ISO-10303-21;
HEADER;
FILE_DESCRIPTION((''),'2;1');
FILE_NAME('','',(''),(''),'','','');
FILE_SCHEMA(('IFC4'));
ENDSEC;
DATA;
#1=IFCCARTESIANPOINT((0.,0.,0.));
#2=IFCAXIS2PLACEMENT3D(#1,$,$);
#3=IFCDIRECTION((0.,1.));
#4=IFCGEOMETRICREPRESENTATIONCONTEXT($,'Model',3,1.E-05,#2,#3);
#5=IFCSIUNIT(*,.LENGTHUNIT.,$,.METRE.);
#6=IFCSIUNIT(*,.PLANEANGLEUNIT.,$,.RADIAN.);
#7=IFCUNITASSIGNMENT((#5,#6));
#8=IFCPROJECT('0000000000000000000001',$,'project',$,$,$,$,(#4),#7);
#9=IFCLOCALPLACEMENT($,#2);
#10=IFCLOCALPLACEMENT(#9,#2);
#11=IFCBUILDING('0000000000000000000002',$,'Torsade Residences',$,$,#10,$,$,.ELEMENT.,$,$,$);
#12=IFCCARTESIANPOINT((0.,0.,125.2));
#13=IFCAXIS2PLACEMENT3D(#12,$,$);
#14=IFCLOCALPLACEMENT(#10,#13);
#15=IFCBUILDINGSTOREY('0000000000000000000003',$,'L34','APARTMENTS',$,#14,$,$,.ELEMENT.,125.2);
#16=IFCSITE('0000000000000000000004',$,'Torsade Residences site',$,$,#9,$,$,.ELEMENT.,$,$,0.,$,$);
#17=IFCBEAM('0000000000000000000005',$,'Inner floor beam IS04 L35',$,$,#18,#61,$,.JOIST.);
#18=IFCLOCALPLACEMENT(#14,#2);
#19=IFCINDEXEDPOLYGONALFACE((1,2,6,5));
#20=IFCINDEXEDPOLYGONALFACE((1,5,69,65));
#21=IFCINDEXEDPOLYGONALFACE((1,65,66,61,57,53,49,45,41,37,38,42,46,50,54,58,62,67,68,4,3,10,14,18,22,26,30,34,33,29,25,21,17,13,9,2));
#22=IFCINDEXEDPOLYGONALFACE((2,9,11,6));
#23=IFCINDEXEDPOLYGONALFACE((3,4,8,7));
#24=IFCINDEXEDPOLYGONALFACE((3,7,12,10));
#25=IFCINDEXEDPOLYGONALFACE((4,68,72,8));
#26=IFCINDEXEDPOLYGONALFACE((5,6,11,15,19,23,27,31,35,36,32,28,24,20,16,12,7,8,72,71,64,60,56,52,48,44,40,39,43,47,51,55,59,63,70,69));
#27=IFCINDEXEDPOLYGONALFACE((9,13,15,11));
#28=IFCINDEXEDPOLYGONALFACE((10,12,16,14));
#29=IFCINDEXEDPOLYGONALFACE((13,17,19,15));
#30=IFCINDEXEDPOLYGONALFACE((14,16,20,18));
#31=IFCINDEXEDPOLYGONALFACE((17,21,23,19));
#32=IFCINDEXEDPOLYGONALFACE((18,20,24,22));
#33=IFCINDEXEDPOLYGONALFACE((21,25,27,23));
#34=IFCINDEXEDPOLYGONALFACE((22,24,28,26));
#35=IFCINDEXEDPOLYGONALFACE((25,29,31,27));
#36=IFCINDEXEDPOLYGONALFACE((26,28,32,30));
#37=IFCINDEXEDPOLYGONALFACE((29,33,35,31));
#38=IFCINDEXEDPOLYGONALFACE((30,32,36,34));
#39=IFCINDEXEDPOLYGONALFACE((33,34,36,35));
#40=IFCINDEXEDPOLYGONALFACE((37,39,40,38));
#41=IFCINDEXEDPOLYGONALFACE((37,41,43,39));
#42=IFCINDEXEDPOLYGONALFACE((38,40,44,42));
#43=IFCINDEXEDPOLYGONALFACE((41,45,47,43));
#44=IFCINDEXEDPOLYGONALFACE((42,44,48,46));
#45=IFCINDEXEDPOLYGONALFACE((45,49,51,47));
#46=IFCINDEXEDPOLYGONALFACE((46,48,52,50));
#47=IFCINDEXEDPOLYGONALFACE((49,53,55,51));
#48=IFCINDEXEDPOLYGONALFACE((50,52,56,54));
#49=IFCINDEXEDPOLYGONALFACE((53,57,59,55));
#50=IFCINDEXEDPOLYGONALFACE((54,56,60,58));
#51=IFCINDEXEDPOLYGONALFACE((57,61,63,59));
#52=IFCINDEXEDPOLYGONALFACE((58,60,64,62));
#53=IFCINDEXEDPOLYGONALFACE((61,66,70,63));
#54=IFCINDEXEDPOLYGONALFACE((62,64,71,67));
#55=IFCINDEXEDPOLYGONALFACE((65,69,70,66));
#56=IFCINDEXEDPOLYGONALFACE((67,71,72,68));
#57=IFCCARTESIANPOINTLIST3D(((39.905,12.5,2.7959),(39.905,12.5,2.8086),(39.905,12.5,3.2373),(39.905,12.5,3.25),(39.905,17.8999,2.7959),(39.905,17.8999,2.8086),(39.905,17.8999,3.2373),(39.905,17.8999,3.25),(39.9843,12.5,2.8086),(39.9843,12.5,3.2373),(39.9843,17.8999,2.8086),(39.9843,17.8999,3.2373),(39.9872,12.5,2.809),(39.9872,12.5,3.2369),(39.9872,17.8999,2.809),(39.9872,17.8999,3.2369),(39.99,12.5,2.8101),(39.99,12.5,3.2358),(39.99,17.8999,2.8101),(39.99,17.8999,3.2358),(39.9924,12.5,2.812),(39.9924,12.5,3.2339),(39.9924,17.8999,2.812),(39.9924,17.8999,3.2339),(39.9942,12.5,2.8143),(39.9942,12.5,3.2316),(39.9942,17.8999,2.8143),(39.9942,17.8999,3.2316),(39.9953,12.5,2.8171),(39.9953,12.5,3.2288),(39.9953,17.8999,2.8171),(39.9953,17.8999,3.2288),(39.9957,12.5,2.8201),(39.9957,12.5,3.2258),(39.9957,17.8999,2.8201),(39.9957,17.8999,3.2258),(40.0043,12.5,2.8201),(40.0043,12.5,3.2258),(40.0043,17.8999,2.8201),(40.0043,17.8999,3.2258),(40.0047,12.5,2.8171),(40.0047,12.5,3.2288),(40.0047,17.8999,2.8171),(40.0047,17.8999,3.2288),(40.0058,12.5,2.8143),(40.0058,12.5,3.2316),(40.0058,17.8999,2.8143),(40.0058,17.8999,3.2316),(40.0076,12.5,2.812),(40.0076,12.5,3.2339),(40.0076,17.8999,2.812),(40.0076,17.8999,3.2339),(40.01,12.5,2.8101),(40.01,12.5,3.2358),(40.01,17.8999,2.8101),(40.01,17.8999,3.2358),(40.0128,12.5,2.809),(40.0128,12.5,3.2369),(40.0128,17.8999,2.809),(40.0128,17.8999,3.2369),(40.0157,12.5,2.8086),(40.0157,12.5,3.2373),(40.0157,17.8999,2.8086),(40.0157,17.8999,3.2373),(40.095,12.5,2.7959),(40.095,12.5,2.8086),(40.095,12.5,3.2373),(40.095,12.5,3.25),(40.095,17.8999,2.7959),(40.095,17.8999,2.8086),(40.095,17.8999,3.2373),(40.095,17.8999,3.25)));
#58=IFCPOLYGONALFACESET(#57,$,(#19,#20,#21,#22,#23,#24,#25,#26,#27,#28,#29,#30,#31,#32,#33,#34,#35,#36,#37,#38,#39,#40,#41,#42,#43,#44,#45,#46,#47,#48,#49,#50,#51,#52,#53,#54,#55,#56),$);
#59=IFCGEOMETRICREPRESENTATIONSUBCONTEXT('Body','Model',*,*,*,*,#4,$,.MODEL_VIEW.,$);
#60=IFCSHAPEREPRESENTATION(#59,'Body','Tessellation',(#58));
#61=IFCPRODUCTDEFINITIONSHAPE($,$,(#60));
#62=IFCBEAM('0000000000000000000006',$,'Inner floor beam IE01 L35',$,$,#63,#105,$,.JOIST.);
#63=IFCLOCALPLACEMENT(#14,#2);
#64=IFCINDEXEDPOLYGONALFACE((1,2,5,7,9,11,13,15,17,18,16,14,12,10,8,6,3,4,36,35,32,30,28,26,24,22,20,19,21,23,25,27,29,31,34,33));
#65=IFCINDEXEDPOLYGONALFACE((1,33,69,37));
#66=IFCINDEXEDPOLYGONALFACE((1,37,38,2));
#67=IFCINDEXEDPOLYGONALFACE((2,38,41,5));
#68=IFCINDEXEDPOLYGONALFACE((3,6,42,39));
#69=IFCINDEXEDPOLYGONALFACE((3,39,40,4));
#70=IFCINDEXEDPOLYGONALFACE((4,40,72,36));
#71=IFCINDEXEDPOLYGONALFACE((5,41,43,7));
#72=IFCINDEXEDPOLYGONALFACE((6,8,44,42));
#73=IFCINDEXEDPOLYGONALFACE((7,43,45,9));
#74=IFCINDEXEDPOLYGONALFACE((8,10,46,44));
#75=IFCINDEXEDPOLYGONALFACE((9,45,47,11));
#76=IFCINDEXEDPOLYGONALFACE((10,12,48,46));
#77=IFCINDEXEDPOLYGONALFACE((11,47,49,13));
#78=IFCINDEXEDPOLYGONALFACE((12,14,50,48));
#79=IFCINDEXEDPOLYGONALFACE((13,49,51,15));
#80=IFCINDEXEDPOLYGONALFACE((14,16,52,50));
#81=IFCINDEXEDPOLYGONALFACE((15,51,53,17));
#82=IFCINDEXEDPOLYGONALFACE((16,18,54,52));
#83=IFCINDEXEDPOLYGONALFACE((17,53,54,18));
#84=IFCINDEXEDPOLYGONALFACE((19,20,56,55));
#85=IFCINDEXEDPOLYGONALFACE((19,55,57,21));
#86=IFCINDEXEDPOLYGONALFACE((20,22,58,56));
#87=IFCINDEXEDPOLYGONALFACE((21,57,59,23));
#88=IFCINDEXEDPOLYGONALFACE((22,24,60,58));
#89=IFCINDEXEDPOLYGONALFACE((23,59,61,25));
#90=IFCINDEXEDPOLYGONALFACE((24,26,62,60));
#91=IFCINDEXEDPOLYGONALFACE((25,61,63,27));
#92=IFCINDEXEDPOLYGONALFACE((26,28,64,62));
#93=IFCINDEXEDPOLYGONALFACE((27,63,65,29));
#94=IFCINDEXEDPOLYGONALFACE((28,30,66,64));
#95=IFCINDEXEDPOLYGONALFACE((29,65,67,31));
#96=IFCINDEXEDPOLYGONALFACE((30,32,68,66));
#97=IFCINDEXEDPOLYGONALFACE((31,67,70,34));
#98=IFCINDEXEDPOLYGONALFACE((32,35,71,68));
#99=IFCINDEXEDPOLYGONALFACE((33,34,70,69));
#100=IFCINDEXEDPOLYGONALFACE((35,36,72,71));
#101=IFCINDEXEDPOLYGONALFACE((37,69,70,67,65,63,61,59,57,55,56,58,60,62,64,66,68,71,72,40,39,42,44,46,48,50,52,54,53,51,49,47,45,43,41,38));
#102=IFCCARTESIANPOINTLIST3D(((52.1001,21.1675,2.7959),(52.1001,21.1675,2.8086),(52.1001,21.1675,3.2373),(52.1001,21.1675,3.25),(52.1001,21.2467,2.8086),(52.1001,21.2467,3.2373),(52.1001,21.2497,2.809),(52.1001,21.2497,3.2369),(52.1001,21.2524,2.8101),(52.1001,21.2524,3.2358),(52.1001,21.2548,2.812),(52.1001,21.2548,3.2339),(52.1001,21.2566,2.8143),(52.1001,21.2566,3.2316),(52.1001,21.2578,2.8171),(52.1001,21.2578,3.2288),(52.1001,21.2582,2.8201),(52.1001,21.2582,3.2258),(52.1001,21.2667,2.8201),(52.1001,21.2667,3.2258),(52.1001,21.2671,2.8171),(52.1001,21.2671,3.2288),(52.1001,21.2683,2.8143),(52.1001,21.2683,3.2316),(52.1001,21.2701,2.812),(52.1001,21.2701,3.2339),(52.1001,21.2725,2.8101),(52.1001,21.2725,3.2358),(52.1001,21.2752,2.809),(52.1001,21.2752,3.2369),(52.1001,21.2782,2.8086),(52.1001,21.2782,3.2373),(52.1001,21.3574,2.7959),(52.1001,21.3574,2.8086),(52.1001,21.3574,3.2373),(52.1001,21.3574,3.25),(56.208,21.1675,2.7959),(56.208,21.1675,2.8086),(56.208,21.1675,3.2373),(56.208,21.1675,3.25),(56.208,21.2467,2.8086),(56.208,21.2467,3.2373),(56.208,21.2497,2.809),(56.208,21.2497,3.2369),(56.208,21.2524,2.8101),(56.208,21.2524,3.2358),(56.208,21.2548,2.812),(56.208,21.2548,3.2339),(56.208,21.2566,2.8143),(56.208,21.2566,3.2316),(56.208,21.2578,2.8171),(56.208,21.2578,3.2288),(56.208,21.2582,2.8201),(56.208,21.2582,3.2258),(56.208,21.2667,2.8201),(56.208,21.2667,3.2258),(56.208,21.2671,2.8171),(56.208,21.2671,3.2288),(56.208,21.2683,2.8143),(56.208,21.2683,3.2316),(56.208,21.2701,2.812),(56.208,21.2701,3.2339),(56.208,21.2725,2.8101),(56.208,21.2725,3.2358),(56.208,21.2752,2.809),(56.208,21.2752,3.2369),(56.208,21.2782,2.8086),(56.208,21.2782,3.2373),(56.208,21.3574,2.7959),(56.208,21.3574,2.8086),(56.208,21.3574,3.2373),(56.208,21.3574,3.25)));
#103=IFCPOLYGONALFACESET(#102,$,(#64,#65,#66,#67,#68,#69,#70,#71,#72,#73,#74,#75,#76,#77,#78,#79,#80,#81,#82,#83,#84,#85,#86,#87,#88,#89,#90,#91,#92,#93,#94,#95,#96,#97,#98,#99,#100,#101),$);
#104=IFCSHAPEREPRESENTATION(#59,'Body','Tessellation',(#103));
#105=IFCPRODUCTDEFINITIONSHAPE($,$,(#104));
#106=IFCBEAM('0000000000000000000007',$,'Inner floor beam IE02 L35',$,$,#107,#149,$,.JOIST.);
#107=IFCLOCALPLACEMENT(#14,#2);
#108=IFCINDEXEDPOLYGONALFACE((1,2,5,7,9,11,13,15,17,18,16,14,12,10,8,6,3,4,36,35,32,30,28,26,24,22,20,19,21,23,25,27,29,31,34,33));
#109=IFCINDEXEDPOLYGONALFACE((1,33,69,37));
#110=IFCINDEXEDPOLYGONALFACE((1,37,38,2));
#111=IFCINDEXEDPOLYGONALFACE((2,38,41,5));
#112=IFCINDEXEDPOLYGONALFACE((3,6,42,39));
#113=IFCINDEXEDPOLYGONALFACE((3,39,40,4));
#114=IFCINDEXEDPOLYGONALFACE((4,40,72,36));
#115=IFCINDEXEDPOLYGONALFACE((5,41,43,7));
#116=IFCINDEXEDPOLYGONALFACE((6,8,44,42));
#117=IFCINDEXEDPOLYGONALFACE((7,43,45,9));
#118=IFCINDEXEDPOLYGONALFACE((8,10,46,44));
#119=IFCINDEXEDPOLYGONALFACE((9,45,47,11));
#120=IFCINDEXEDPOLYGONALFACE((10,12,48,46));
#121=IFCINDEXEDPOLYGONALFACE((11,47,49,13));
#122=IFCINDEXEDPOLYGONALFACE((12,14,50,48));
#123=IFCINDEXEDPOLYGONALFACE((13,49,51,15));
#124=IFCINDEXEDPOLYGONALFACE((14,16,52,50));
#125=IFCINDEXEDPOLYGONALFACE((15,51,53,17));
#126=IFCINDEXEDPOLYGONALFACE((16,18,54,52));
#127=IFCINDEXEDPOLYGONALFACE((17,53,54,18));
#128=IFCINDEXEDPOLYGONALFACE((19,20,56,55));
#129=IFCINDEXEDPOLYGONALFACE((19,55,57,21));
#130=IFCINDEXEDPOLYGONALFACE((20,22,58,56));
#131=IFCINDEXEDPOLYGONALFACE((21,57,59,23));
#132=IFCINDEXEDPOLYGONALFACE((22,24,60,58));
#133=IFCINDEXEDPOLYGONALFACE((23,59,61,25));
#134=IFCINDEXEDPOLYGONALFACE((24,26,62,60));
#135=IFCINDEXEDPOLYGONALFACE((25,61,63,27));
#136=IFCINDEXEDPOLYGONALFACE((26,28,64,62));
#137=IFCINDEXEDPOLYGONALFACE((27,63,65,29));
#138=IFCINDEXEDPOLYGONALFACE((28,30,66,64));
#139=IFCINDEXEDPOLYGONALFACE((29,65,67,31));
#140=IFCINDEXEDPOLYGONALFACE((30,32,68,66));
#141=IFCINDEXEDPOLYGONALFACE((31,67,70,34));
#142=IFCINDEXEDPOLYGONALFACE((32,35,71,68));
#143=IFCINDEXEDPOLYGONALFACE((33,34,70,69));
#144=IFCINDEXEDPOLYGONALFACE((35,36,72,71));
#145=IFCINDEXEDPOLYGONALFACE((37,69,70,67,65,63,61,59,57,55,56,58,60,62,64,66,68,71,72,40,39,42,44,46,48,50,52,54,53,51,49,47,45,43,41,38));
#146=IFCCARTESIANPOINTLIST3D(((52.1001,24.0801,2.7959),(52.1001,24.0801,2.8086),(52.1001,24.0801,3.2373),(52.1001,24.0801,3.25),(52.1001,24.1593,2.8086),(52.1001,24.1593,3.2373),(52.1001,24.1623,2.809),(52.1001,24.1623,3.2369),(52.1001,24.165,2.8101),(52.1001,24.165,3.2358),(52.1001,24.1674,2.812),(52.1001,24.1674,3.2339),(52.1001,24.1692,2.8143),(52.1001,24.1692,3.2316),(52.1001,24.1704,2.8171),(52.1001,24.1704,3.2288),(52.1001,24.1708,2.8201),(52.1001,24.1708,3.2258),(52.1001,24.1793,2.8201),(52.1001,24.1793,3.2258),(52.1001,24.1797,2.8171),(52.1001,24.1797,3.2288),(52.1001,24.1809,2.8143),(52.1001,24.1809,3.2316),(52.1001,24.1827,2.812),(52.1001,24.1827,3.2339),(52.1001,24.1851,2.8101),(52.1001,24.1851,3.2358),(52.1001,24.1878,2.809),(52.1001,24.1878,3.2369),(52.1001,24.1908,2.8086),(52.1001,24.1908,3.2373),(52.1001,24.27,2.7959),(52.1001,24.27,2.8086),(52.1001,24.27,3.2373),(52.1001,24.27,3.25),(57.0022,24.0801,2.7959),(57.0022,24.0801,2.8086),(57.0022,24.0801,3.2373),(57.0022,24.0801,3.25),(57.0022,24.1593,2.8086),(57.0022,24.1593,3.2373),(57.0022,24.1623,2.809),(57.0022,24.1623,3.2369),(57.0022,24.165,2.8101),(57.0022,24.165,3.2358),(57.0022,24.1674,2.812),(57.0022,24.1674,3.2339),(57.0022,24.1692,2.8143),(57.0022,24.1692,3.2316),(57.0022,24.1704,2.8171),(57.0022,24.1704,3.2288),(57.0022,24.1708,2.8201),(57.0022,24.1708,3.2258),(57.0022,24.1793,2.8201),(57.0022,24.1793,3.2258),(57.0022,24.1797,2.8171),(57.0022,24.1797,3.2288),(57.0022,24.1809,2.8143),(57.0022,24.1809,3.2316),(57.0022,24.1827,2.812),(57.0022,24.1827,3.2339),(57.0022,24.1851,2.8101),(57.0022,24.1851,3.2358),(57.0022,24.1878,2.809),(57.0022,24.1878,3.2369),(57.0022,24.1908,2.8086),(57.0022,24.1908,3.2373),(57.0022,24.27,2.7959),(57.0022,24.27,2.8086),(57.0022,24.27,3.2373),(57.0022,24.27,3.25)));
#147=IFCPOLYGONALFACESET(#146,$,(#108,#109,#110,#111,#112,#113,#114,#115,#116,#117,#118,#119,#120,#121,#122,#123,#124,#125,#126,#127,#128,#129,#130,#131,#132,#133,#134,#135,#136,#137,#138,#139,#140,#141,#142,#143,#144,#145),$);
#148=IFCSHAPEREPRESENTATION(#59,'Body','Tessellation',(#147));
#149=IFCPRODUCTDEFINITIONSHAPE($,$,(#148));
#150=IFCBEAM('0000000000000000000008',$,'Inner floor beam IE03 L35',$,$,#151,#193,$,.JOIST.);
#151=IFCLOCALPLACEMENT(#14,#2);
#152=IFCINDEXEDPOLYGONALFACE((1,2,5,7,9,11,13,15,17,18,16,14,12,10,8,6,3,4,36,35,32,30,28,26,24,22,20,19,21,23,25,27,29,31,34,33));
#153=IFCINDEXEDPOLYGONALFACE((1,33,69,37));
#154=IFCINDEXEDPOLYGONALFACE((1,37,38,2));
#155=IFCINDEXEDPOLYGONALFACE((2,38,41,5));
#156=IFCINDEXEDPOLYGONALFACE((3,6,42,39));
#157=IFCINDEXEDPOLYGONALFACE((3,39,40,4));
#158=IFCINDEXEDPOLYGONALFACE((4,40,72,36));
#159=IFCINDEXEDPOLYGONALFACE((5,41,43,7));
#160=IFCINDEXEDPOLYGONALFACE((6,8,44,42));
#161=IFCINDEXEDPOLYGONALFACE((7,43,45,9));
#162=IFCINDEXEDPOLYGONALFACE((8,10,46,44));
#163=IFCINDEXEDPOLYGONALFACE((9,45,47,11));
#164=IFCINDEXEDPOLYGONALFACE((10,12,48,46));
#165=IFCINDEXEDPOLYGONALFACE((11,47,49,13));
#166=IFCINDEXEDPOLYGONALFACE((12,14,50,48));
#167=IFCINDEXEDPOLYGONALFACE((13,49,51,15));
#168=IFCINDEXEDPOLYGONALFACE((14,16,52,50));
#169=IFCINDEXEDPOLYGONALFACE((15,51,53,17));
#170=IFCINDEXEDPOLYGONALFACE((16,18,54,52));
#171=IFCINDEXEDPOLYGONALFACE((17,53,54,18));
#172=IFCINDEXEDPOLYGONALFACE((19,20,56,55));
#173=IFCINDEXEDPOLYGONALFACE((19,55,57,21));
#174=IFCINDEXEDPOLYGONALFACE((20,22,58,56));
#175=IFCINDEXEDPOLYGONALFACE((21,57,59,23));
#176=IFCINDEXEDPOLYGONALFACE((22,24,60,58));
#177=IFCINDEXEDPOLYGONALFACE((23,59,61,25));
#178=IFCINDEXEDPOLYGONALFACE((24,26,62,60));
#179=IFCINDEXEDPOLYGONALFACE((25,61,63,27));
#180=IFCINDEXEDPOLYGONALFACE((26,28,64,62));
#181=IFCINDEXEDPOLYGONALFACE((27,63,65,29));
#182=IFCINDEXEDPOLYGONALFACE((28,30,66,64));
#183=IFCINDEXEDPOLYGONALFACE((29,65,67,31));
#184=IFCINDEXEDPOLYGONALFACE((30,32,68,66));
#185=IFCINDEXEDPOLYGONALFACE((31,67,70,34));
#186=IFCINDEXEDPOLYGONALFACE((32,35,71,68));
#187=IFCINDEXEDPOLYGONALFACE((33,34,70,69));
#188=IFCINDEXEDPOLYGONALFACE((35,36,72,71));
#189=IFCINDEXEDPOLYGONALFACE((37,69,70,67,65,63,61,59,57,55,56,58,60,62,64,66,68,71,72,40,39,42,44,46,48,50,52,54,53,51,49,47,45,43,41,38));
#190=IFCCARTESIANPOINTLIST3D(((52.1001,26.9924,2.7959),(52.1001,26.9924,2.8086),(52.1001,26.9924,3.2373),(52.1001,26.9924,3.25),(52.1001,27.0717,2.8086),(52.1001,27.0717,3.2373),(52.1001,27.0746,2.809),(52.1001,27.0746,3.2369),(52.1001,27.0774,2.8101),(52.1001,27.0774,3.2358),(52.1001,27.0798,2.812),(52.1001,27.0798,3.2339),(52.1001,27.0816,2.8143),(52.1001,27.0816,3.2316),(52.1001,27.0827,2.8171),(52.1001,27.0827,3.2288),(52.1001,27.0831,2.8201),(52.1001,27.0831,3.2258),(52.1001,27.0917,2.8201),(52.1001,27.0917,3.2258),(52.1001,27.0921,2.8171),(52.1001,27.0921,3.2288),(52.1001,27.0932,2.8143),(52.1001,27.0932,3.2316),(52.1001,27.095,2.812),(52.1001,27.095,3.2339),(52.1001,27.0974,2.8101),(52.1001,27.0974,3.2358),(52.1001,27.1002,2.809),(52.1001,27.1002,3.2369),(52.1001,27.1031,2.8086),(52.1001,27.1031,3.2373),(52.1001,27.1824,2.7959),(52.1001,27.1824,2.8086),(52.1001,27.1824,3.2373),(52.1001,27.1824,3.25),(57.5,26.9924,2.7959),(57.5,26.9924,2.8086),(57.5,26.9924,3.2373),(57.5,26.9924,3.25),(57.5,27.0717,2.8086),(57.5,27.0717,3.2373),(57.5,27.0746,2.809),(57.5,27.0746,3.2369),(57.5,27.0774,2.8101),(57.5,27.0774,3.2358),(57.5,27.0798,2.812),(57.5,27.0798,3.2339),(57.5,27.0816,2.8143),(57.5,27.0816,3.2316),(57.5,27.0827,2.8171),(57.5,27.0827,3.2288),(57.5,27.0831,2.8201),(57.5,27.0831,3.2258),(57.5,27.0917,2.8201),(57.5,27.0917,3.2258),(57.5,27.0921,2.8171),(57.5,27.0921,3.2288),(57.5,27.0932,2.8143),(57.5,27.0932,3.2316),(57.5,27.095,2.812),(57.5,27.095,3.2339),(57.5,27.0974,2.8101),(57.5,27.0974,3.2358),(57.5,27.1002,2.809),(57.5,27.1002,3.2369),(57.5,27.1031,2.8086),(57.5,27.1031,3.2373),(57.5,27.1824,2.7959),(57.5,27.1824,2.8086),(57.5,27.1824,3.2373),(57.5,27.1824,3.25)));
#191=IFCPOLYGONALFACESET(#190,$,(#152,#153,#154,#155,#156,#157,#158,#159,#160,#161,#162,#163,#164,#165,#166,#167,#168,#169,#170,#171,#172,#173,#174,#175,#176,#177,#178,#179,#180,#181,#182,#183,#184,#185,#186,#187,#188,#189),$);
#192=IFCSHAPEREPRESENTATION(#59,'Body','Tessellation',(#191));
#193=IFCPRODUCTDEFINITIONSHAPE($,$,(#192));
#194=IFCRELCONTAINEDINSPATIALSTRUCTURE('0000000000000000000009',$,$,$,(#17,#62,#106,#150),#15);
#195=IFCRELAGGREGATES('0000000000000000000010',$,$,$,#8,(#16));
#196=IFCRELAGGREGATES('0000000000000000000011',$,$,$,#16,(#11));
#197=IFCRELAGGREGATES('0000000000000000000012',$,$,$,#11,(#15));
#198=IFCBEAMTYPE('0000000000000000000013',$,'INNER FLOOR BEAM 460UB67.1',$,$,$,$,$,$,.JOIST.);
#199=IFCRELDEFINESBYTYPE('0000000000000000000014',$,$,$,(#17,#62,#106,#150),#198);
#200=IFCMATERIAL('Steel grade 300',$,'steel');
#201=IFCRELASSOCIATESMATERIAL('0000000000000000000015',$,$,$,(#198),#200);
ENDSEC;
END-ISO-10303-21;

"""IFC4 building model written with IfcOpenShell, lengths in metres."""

from ifc_helpers import new_model, si_unit, direction, frame, origin, origin_2d, place, context, subcontext, project, spatial, i_section, extrude, material, material_profile, profile_set, type_object, element, save


model = new_model("IFC4")

# Units and contexts
model_context = context("Model", 3, precision=1e-05, world=origin(), true_north=direction((0.0, 1.0)))
body_context = subcontext(model_context, "Body", "Model", "MODEL_VIEW")
ifc_project = project(units=[si_unit("LENGTHUNIT", "METRE"), si_unit("PLANEANGLEUNIT", "RADIAN")], contexts=[model_context])

# Site, building, storey
site_placement = place(None, origin())
site = spatial("IfcSite", under=ifc_project, at=site_placement, Name="Torsade Residences site", CompositionType="ELEMENT", RefElevation=0.0)
building_placement = place(site_placement, origin())
building = spatial("IfcBuilding", under=site, at=building_placement, Name="Torsade Residences", CompositionType="ELEMENT")
storey_placement = place(building_placement, frame((0.0, 0.0, 125.2)))
storey = spatial("IfcBuildingStorey", under=building, at=storey_placement, Name="L34", Description="APARTMENTS", CompositionType="ELEMENT", Elevation=125.2)

# Beams
ifc_material_1 = material(Name="Steel grade 300", Category="steel")
ifc_material_profile_1 = material_profile(ifc_material_1, i_section(OverallWidth=0.1899, OverallDepth=0.4541, WebThickness=0.0085, FlangeThickness=0.0127, FilletRadius=0.0115, at=origin_2d()), Name="460UB67.1")
ifc_profile_set_1 = profile_set([ifc_material_profile_1], Name="Steel grade 300")
beam_type_1 = type_object("IfcBeamType", Name="INNER FLOOR BEAM 460UB67.1", PredefinedType="JOIST", material=ifc_profile_set_1)
for number, where, z_axis, x_axis, name in (
    (1, (40.0, 17.8999, 3.0229), (0.0, -1.0, 0.0), (1.0, 0.0, 0.0), "Inner floor beam IS04 L35"),
):
    element("IfcBeam", number, at=place(storey_placement, frame(where, z_axis=z_axis, x_axis=x_axis)), inside=storey, type_object=beam_type_1, Name=name, PredefinedType="JOIST", context=body_context, shape_type="SweptSolid", body=[
        extrude(i_section(OverallWidth=0.1899, OverallDepth=0.4541, WebThickness=0.0085, FlangeThickness=0.0127, FilletRadius=0.0115, at=origin_2d()), origin(), (0.0, 0.0, 1.0), 5.3999),
    ])
beam_1_placement = place(storey_placement, frame((52.1001, 21.2625, 3.0229), z_axis=(1.0, 0.0, 0.0), x_axis=(0.0, 1.0, 0.0)))
element("IfcBeam", 2, at=beam_1_placement, inside=storey, type_object=beam_type_1, Name="Inner floor beam IE01 L35", PredefinedType="JOIST", context=body_context, shape_type="SweptSolid", body=[
    extrude(i_section(OverallWidth=0.1899, OverallDepth=0.4541, WebThickness=0.0085, FlangeThickness=0.0127, FilletRadius=0.0115, at=origin_2d()), origin(), (0.0, 0.0, 1.0), 4.1079),
])
beam_2_placement = place(storey_placement, frame((52.1001, 24.175, 3.0229), z_axis=(1.0, 0.0, 0.0), x_axis=(0.0, 1.0, 0.0)))
element("IfcBeam", 3, at=beam_2_placement, inside=storey, type_object=beam_type_1, Name="Inner floor beam IE02 L35", PredefinedType="JOIST", context=body_context, shape_type="SweptSolid", body=[
    extrude(i_section(OverallWidth=0.1899, OverallDepth=0.4541, WebThickness=0.0085, FlangeThickness=0.0127, FilletRadius=0.0115, at=origin_2d()), origin(), (0.0, 0.0, 1.0), 4.9021),
])
beam_3_placement = place(storey_placement, frame((52.1001, 27.0874, 3.0229), z_axis=(1.0, 0.0, 0.0), x_axis=(0.0, 1.0, 0.0)))
element("IfcBeam", 4, at=beam_3_placement, inside=storey, type_object=beam_type_1, Name="Inner floor beam IE03 L35", PredefinedType="JOIST", context=body_context, shape_type="SweptSolid", body=[
    extrude(i_section(OverallWidth=0.1899, OverallDepth=0.4541, WebThickness=0.0085, FlangeThickness=0.0127, FilletRadius=0.0115, at=origin_2d()), origin(), (0.0, 0.0, 1.0), 5.3999),
])

save(model, "model.ifc")
